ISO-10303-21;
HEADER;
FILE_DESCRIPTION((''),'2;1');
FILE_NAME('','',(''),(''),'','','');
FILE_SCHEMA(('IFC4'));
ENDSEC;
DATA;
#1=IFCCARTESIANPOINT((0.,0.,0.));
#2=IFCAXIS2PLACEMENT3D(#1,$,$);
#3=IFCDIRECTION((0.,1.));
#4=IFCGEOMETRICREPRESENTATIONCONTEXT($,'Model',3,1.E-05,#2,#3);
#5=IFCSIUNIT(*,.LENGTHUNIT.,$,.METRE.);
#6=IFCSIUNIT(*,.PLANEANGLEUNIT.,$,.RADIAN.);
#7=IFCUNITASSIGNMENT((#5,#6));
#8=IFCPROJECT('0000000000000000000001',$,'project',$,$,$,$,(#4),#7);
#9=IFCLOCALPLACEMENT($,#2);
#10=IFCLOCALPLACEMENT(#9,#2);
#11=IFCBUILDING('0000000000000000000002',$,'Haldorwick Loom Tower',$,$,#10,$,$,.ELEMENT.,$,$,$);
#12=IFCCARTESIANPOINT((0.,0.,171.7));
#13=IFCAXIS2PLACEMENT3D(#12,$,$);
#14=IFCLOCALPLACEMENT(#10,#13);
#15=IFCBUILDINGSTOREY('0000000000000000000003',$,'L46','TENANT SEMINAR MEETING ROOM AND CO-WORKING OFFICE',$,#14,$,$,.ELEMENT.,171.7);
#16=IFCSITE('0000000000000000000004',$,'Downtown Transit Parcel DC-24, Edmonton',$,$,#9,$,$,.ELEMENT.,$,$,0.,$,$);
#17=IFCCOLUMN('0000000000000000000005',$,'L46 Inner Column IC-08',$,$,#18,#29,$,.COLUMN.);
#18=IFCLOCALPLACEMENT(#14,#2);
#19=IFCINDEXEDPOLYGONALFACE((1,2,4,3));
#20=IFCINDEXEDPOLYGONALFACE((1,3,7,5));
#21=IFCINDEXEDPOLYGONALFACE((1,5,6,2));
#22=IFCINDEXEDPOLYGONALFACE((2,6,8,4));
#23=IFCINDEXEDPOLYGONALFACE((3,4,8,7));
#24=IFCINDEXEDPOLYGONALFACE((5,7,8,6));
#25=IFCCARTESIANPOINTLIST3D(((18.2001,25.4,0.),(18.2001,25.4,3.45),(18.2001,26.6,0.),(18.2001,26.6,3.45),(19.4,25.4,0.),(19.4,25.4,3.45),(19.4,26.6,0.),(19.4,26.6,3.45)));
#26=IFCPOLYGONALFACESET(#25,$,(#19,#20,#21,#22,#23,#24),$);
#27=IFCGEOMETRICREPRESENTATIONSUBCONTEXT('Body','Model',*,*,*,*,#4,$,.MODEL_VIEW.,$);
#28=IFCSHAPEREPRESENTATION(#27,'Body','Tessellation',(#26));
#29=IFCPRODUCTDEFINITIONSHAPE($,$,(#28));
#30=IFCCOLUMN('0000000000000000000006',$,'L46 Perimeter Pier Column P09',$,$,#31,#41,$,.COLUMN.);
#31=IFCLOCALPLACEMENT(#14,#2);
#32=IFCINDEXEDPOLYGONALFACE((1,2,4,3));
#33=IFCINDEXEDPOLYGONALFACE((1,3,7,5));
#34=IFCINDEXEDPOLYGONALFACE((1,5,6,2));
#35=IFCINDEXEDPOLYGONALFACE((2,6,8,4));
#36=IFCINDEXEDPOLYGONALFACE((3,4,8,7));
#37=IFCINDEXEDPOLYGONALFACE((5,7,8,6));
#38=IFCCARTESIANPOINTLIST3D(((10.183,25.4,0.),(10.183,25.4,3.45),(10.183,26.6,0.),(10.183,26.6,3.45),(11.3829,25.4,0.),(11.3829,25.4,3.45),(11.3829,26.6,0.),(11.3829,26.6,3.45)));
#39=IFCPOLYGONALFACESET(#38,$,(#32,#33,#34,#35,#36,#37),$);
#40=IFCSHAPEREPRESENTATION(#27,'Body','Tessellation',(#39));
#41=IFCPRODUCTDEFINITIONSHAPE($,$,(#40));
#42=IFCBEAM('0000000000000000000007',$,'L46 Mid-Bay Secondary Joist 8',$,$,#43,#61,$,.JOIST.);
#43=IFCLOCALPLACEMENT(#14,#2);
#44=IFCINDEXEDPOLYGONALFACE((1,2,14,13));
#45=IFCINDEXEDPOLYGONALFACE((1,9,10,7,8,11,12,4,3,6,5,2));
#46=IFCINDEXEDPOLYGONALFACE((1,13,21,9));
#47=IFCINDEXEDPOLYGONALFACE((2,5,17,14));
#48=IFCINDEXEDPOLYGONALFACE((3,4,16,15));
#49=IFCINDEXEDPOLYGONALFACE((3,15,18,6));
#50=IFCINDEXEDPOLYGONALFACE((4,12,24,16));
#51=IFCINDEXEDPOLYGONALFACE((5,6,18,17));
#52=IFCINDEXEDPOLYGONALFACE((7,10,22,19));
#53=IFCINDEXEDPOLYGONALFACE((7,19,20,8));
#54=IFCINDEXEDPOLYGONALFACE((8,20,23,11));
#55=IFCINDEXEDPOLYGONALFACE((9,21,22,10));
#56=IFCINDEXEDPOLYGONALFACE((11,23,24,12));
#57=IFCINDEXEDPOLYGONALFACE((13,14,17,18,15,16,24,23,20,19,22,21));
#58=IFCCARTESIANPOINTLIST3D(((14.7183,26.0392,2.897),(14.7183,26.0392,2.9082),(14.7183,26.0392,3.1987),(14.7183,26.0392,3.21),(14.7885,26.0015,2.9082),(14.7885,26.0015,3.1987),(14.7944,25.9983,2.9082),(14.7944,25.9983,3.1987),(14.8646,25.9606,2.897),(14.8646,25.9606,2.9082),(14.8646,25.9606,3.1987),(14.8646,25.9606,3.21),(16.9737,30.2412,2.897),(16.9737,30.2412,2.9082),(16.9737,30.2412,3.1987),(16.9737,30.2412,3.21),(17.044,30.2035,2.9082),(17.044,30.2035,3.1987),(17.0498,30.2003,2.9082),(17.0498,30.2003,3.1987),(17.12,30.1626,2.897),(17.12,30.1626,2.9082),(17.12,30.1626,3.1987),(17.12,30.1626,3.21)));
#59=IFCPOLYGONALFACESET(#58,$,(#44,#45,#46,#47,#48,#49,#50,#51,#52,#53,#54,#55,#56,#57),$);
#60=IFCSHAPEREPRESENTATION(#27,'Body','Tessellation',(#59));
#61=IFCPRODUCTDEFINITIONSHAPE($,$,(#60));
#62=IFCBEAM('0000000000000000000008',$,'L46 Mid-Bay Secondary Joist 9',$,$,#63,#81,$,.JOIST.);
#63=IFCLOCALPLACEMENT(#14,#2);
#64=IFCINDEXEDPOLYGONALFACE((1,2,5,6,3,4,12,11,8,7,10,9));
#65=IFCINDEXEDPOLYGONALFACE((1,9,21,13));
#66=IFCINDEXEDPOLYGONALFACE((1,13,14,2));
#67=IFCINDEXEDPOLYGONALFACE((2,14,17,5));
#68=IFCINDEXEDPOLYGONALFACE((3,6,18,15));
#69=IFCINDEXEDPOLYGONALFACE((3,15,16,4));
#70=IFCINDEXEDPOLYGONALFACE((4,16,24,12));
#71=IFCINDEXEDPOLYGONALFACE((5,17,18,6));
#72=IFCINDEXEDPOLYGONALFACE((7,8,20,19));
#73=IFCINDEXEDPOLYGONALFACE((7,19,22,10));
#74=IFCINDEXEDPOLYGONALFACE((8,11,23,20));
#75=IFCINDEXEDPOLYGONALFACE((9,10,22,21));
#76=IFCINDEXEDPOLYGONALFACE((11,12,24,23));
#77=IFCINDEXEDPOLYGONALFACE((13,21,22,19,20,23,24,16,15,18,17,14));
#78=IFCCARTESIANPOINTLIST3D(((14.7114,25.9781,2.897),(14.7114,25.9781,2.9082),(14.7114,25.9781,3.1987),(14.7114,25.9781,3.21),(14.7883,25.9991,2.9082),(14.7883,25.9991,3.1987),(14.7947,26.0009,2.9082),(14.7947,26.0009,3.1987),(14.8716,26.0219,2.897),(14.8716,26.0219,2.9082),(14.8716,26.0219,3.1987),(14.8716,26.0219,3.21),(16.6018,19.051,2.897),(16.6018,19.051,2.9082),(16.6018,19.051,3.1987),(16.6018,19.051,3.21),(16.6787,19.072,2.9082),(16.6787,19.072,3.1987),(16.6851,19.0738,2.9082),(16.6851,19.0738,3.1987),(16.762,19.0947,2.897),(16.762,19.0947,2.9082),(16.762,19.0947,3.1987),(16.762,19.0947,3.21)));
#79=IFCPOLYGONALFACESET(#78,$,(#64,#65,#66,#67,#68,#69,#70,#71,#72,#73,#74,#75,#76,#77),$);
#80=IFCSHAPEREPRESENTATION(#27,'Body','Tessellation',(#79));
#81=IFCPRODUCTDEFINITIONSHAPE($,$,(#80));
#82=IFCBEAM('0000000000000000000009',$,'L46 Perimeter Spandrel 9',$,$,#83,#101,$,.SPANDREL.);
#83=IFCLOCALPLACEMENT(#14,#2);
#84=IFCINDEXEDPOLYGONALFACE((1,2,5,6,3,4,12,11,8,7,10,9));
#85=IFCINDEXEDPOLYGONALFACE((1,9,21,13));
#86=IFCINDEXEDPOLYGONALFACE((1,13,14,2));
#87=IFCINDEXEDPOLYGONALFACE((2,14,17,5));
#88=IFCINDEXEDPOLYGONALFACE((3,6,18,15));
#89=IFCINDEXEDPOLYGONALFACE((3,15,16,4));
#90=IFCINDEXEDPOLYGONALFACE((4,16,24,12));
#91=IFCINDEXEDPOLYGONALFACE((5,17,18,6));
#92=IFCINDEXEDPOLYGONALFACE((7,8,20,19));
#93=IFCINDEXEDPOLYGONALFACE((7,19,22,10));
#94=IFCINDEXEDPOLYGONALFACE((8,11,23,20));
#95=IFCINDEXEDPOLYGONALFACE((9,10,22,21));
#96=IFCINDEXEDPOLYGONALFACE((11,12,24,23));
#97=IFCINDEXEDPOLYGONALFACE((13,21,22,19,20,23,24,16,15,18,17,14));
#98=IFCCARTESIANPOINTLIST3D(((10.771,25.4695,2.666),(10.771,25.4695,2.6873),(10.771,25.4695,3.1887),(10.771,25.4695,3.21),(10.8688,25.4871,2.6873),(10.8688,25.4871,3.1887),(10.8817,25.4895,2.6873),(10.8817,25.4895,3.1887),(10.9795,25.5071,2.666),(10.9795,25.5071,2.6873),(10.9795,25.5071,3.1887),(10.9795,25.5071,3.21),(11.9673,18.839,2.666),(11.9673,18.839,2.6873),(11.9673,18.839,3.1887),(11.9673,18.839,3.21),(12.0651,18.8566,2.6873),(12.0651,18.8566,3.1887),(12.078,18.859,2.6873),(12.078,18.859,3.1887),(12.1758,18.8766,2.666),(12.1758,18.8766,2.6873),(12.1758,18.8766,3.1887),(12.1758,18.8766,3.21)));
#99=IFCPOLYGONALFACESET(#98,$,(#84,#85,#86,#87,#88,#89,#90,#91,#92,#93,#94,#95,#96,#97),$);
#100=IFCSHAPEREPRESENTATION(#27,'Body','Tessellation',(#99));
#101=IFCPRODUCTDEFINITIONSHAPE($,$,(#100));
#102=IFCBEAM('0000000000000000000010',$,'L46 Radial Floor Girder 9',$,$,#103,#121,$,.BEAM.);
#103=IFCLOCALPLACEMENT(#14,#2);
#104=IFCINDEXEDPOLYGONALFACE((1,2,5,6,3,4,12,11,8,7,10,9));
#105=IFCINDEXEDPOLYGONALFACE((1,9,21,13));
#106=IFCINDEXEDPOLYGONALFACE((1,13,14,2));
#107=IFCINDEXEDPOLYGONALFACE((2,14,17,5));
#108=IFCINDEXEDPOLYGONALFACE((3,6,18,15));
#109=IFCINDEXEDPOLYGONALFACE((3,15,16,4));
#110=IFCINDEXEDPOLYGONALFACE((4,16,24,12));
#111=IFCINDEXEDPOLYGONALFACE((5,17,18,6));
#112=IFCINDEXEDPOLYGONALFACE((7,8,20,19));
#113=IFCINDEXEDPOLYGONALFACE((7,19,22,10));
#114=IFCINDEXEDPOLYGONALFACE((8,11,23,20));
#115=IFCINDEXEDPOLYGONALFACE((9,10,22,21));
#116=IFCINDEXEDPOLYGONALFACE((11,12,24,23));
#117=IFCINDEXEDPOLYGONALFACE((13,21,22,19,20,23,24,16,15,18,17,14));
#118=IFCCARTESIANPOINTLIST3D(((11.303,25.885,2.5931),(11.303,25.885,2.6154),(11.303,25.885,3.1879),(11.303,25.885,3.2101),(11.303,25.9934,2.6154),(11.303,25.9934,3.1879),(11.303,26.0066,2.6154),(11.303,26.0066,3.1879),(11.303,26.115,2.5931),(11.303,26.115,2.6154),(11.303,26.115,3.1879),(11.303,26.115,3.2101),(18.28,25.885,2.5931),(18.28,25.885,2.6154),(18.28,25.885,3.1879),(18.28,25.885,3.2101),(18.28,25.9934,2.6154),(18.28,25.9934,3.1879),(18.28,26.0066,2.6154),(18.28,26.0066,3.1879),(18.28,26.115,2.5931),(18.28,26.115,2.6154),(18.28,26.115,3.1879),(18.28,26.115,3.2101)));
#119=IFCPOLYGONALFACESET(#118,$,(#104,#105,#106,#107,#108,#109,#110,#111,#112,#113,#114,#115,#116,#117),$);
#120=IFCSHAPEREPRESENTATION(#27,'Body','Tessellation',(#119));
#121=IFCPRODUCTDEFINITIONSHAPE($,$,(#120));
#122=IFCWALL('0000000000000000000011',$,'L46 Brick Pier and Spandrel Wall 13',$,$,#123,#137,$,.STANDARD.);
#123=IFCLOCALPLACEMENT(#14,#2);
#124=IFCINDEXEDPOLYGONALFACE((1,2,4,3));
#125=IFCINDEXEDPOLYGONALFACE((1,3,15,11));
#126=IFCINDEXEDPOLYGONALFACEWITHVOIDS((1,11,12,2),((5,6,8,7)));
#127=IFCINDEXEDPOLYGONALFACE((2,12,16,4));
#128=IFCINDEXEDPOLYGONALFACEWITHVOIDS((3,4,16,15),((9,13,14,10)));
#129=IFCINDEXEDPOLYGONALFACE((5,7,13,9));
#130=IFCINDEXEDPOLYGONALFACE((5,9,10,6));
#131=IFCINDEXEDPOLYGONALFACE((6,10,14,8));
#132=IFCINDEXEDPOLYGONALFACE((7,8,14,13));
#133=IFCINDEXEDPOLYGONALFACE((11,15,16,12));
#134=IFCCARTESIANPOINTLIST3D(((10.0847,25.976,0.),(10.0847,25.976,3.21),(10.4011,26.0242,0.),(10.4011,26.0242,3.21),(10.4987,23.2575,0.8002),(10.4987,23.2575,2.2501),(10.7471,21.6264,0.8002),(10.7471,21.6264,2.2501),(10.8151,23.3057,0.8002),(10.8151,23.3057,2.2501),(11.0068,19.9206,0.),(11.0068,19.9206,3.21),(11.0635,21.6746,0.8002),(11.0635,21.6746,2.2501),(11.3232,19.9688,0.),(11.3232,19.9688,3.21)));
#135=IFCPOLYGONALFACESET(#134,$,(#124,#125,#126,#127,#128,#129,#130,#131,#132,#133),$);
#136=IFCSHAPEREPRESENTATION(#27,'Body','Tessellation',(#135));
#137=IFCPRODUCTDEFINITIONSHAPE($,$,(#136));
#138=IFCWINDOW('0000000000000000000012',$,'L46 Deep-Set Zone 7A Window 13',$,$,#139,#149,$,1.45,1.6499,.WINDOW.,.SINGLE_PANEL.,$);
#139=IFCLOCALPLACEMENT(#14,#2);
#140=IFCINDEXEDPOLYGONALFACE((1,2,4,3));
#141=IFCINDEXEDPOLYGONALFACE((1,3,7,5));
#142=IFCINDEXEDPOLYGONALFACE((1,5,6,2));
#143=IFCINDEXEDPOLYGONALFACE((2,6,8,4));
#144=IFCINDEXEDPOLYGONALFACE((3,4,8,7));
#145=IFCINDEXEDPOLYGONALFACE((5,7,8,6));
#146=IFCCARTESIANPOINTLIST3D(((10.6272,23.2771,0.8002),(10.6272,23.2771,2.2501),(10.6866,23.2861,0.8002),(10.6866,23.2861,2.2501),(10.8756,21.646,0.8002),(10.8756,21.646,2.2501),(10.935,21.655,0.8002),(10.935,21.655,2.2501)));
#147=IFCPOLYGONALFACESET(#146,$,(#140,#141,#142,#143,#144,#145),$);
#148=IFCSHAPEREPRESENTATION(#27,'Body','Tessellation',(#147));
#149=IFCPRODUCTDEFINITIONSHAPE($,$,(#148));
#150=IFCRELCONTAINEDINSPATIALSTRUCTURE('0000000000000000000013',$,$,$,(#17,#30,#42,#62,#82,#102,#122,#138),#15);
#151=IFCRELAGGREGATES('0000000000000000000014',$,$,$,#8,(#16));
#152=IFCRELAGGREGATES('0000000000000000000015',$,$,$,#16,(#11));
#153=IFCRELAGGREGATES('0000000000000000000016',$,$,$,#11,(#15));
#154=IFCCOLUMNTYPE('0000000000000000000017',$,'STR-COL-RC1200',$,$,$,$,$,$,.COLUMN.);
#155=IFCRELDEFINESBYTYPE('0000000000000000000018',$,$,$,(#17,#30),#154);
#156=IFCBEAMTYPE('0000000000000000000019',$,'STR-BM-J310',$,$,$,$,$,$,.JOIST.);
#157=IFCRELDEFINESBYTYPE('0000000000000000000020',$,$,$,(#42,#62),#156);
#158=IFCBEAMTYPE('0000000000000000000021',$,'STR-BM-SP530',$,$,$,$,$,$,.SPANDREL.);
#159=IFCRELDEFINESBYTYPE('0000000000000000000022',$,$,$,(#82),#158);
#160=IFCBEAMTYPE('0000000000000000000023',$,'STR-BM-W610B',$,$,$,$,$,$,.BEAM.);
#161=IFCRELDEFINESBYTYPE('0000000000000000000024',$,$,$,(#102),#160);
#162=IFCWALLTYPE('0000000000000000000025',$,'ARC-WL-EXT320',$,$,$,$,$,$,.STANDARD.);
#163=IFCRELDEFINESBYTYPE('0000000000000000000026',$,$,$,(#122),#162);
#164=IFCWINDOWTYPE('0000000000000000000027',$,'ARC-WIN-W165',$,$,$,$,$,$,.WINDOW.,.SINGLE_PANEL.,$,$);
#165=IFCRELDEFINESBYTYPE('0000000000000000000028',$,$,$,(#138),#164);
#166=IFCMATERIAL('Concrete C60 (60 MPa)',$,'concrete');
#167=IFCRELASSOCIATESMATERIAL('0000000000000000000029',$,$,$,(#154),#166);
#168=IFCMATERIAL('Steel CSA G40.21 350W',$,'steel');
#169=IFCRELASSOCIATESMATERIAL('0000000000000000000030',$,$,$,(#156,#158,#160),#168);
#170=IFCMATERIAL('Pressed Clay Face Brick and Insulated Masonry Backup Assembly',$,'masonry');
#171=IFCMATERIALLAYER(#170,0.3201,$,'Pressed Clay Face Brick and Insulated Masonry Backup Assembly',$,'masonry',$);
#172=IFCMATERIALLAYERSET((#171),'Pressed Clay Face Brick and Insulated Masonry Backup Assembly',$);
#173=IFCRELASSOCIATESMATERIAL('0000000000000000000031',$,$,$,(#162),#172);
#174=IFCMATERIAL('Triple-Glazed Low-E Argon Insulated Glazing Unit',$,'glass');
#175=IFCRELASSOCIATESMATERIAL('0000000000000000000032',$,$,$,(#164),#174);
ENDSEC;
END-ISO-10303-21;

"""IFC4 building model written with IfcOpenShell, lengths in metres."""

from ifc_helpers import new_model, si_unit, direction, frame, frame_2d, origin, origin_2d, place, context, subcontext, project, spatial, rectangle, i_section, extrude, material, layer, layer_set, material_profile, profile_set, type_object, element, fill, save


model = new_model("IFC4")

# Units and contexts
model_context = context("Model", 3, precision=1e-05, world=origin(), true_north=direction((0.0, 1.0)))
body_context = subcontext(model_context, "Body", "Model", "MODEL_VIEW")
ifc_project = project(units=[si_unit("LENGTHUNIT", "METRE"), si_unit("PLANEANGLEUNIT", "RADIAN")], contexts=[model_context])

# Site, building, storey
site_placement = place(None, origin())
site = spatial("IfcSite", under=ifc_project, at=site_placement, Name="Downtown Transit Parcel DC-24, Edmonton", CompositionType="ELEMENT", RefElevation=0.0)
building_placement = place(site_placement, origin())
building = spatial("IfcBuilding", under=site, at=building_placement, Name="Haldorwick Loom Tower", CompositionType="ELEMENT")
storey_placement = place(building_placement, frame((0.0, 0.0, 171.7)))
storey = spatial("IfcBuildingStorey", under=building, at=storey_placement, Name="L46", Description="TENANT SEMINAR MEETING ROOM AND CO-WORKING OFFICE", CompositionType="ELEMENT", Elevation=171.7)

# Columns
ifc_material_1 = material(Name="Concrete C60 (60 MPa)", Category="concrete")
ifc_material_profile_1 = material_profile(ifc_material_1, rectangle(XDim=1.2, YDim=1.2, at=origin_2d()), Name="RC1200X1200", Category="concrete")
ifc_profile_set_1 = profile_set([ifc_material_profile_1], Name="Concrete C60 (60 MPa)")
column_type = type_object("IfcColumnType", Name="STR-COL-RC1200", PredefinedType="COLUMN", material=ifc_profile_set_1)
for number, where, z_axis, x_axis, name in (
    (1, (18.8, 26.0, 0.0), (0.0, 0.0, 1.0), (1.0, 0.0, 0.0), "L46 Inner Column IC-08"),
    (2, (10.783, 26.0, 0.0), (0.0, 0.0, 1.0), (-1.0, 0.0, 0.0), "L46 Perimeter Pier Column P09"),
):
    element("IfcColumn", number, at=place(storey_placement, frame(where, z_axis=z_axis, x_axis=x_axis)), inside=storey, type_object=column_type, Name=name, PredefinedType="COLUMN", context=body_context, shape_type="SweptSolid", body=[
        extrude(rectangle(XDim=1.2, YDim=1.2, at=origin_2d()), origin(), (0.0, 0.0, 1.0), 3.45),
    ])

# Beams
ifc_material_2 = material(Name="Steel CSA G40.21 350W", Category="steel")
ifc_material_profile_2 = material_profile(ifc_material_2, i_section(OverallWidth=0.166, OverallDepth=0.313, WebThickness=0.0066, FlangeThickness=0.0112, at=origin_2d()), Name="W310X45", Category="steel")
ifc_profile_set_2 = profile_set([ifc_material_profile_2], Name="Steel CSA G40.21 350W")
beam_type_1 = type_object("IfcBeamType", Name="STR-BM-J310", PredefinedType="JOIST", material=ifc_profile_set_2)
beam_1_placement = place(storey_placement, frame((17.0469, 30.2019, 3.0535), z_axis=(-0.47293, -0.8811, 0.0), x_axis=(0.8811, -0.47293, 0.0)))
element("IfcBeam", 3, at=beam_1_placement, inside=storey, type_object=beam_type_1, Name="L46 Mid-Bay Secondary Joist 8", PredefinedType="JOIST", context=body_context, shape_type="SweptSolid", body=[
    extrude(i_section(OverallWidth=0.166, OverallDepth=0.313, WebThickness=0.0066, FlangeThickness=0.0112, at=origin_2d()), origin(), (0.0, 0.0, 1.0), 4.769),
])
beam_2_placement = place(storey_placement, frame((14.7915, 26.0, 3.0535), z_axis=(0.263273, -0.964721, 0.0), x_axis=(0.964721, 0.263273, 0.0)))
element("IfcBeam", 4, at=beam_2_placement, inside=storey, type_object=beam_type_1, Name="L46 Mid-Bay Secondary Joist 9", PredefinedType="JOIST", context=body_context, shape_type="SweptSolid", body=[
    extrude(i_section(OverallWidth=0.166, OverallDepth=0.313, WebThickness=0.0066, FlangeThickness=0.0112, at=origin_2d()), origin(), (0.0, 0.0, 1.0), 7.1804),
])
ifc_material_profile_3 = material_profile(ifc_material_2, i_section(OverallWidth=0.2119, OverallDepth=0.5439, WebThickness=0.0132, FlangeThickness=0.0212, at=origin_2d()), Name="W530X123", Category="steel")
ifc_profile_set_3 = profile_set([ifc_material_profile_3], Name="Steel CSA G40.21 350W")
beam_type_2 = type_object("IfcBeamType", Name="STR-BM-SP530", PredefinedType="SPANDREL", material=ifc_profile_set_3)
beam_3_placement = place(storey_placement, frame((10.8752, 25.4883, 2.938), z_axis=(0.177559, -0.98411, 0.0), x_axis=(0.98411, 0.177559, 0.0)))
element("IfcBeam", 5, at=beam_3_placement, inside=storey, type_object=beam_type_2, Name="L46 Perimeter Spandrel 9", PredefinedType="SPANDREL", context=body_context, shape_type="SweptSolid", body=[
    extrude(i_section(OverallWidth=0.2119, OverallDepth=0.5439, WebThickness=0.0132, FlangeThickness=0.0212, at=origin_2d()), origin(), (0.0, 0.0, 1.0), 6.7375),
])
ifc_material_profile_4 = material_profile(ifc_material_2, i_section(OverallWidth=0.23, OverallDepth=0.6169, WebThickness=0.0132, FlangeThickness=0.0222, at=origin_2d()), Name="W610X140", Category="steel")
ifc_profile_set_4 = profile_set([ifc_material_profile_4], Name="Steel CSA G40.21 350W")
beam_type_3 = type_object("IfcBeamType", Name="STR-BM-W610B", PredefinedType="BEAM", material=ifc_profile_set_4)
beam_4_placement = place(storey_placement, frame((18.28, 26.0, 2.9016), z_axis=(-1.0, 0.0, 0.0), x_axis=(0.0, -1.0, 0.0)))
element("IfcBeam", 6, at=beam_4_placement, inside=storey, type_object=beam_type_3, Name="L46 Radial Floor Girder 9", PredefinedType="BEAM", context=body_context, shape_type="SweptSolid", body=[
    extrude(i_section(OverallWidth=0.23, OverallDepth=0.6169, WebThickness=0.0132, FlangeThickness=0.0222, at=origin_2d()), origin(), (0.0, 0.0, 1.0), 6.9771),
])

# Wall, opening, window
ifc_material_3 = material(Name="Pressed Clay Face Brick and Insulated Masonry Backup Assembly", Category="masonry")
ifc_layer_1 = layer(ifc_material_3, 0.3201, Name="Pressed Clay Face Brick and Insulated Masonry Backup Assembly", Category="masonry")
ifc_layer_set_1 = layer_set([ifc_layer_1], Name="Pressed Clay Face Brick and Insulated Masonry Backup Assembly")
wall_type_1 = type_object("IfcWallType", Name="ARC-WL-EXT320", PredefinedType="STANDARD", material=ifc_layer_set_1)
wall_1_placement = place(storey_placement, frame((10.2429, 26.0, 0.0), z_axis=(0.0, 0.0, 1.0), x_axis=(0.150544, -0.988603, 0.0)))
wall_1 = element("IfcWall", 7, at=wall_1_placement, inside=storey, type_object=wall_type_1, Name="L46 Brick Pier and Spandrel Wall 13", PredefinedType="STANDARD", context=body_context, shape_type="SweptSolid", body=[
    extrude(rectangle(XDim=6.1252, YDim=0.3201, at=frame_2d((3.0625, 0.0))), origin(), (0.0, 0.0, 1.0), 3.21),
])
opening_1_placement = place(wall_1_placement, frame((2.7498, 0.0, 0.8)))
opening_1 = element("IfcOpeningElement", 8, at=opening_1_placement, cuts=wall_1, PredefinedType="OPENING", context=body_context, shape_type="SweptSolid", body=[
    extrude(rectangle(XDim=1.6499, YDim=1.45, at=frame_2d((0.825, 0.7251))), frame((0.0, 0.1699, 0.0), z_axis=(0.0, -1.0, 0.0), x_axis=(1.0, 0.0, 0.0)), (0.0, 0.0, 1.0), 0.3401),
])
ifc_material_4 = material(Name="Triple-Glazed Low-E Argon Insulated Glazing Unit", Category="glass")
window_type = type_object("IfcWindowType", Name="ARC-WIN-W165", PartitioningType="SINGLE_PANEL", PredefinedType="WINDOW", material=ifc_material_4)
window_placement = place(opening_1_placement, origin())
window = element("IfcWindow", 9, at=window_placement, inside=storey, type_object=window_type, Name="L46 Deep-Set Zone 7A Window 13", OverallHeight=1.45, OverallWidth=1.6499, PartitioningType="SINGLE_PANEL", PredefinedType="WINDOW", context=body_context, shape_type="SweptSolid", body=[
    extrude(rectangle(XDim=1.6499, YDim=1.45, at=frame_2d((0.825, 0.7251))), frame((0.0, 0.03, 0.0), z_axis=(0.0, -1.0, 0.0), x_axis=(1.0, 0.0, 0.0)), (0.0, 0.0, 1.0), 0.0601),
])
fill(opening_1, window)

save(model, "model.ifc")
